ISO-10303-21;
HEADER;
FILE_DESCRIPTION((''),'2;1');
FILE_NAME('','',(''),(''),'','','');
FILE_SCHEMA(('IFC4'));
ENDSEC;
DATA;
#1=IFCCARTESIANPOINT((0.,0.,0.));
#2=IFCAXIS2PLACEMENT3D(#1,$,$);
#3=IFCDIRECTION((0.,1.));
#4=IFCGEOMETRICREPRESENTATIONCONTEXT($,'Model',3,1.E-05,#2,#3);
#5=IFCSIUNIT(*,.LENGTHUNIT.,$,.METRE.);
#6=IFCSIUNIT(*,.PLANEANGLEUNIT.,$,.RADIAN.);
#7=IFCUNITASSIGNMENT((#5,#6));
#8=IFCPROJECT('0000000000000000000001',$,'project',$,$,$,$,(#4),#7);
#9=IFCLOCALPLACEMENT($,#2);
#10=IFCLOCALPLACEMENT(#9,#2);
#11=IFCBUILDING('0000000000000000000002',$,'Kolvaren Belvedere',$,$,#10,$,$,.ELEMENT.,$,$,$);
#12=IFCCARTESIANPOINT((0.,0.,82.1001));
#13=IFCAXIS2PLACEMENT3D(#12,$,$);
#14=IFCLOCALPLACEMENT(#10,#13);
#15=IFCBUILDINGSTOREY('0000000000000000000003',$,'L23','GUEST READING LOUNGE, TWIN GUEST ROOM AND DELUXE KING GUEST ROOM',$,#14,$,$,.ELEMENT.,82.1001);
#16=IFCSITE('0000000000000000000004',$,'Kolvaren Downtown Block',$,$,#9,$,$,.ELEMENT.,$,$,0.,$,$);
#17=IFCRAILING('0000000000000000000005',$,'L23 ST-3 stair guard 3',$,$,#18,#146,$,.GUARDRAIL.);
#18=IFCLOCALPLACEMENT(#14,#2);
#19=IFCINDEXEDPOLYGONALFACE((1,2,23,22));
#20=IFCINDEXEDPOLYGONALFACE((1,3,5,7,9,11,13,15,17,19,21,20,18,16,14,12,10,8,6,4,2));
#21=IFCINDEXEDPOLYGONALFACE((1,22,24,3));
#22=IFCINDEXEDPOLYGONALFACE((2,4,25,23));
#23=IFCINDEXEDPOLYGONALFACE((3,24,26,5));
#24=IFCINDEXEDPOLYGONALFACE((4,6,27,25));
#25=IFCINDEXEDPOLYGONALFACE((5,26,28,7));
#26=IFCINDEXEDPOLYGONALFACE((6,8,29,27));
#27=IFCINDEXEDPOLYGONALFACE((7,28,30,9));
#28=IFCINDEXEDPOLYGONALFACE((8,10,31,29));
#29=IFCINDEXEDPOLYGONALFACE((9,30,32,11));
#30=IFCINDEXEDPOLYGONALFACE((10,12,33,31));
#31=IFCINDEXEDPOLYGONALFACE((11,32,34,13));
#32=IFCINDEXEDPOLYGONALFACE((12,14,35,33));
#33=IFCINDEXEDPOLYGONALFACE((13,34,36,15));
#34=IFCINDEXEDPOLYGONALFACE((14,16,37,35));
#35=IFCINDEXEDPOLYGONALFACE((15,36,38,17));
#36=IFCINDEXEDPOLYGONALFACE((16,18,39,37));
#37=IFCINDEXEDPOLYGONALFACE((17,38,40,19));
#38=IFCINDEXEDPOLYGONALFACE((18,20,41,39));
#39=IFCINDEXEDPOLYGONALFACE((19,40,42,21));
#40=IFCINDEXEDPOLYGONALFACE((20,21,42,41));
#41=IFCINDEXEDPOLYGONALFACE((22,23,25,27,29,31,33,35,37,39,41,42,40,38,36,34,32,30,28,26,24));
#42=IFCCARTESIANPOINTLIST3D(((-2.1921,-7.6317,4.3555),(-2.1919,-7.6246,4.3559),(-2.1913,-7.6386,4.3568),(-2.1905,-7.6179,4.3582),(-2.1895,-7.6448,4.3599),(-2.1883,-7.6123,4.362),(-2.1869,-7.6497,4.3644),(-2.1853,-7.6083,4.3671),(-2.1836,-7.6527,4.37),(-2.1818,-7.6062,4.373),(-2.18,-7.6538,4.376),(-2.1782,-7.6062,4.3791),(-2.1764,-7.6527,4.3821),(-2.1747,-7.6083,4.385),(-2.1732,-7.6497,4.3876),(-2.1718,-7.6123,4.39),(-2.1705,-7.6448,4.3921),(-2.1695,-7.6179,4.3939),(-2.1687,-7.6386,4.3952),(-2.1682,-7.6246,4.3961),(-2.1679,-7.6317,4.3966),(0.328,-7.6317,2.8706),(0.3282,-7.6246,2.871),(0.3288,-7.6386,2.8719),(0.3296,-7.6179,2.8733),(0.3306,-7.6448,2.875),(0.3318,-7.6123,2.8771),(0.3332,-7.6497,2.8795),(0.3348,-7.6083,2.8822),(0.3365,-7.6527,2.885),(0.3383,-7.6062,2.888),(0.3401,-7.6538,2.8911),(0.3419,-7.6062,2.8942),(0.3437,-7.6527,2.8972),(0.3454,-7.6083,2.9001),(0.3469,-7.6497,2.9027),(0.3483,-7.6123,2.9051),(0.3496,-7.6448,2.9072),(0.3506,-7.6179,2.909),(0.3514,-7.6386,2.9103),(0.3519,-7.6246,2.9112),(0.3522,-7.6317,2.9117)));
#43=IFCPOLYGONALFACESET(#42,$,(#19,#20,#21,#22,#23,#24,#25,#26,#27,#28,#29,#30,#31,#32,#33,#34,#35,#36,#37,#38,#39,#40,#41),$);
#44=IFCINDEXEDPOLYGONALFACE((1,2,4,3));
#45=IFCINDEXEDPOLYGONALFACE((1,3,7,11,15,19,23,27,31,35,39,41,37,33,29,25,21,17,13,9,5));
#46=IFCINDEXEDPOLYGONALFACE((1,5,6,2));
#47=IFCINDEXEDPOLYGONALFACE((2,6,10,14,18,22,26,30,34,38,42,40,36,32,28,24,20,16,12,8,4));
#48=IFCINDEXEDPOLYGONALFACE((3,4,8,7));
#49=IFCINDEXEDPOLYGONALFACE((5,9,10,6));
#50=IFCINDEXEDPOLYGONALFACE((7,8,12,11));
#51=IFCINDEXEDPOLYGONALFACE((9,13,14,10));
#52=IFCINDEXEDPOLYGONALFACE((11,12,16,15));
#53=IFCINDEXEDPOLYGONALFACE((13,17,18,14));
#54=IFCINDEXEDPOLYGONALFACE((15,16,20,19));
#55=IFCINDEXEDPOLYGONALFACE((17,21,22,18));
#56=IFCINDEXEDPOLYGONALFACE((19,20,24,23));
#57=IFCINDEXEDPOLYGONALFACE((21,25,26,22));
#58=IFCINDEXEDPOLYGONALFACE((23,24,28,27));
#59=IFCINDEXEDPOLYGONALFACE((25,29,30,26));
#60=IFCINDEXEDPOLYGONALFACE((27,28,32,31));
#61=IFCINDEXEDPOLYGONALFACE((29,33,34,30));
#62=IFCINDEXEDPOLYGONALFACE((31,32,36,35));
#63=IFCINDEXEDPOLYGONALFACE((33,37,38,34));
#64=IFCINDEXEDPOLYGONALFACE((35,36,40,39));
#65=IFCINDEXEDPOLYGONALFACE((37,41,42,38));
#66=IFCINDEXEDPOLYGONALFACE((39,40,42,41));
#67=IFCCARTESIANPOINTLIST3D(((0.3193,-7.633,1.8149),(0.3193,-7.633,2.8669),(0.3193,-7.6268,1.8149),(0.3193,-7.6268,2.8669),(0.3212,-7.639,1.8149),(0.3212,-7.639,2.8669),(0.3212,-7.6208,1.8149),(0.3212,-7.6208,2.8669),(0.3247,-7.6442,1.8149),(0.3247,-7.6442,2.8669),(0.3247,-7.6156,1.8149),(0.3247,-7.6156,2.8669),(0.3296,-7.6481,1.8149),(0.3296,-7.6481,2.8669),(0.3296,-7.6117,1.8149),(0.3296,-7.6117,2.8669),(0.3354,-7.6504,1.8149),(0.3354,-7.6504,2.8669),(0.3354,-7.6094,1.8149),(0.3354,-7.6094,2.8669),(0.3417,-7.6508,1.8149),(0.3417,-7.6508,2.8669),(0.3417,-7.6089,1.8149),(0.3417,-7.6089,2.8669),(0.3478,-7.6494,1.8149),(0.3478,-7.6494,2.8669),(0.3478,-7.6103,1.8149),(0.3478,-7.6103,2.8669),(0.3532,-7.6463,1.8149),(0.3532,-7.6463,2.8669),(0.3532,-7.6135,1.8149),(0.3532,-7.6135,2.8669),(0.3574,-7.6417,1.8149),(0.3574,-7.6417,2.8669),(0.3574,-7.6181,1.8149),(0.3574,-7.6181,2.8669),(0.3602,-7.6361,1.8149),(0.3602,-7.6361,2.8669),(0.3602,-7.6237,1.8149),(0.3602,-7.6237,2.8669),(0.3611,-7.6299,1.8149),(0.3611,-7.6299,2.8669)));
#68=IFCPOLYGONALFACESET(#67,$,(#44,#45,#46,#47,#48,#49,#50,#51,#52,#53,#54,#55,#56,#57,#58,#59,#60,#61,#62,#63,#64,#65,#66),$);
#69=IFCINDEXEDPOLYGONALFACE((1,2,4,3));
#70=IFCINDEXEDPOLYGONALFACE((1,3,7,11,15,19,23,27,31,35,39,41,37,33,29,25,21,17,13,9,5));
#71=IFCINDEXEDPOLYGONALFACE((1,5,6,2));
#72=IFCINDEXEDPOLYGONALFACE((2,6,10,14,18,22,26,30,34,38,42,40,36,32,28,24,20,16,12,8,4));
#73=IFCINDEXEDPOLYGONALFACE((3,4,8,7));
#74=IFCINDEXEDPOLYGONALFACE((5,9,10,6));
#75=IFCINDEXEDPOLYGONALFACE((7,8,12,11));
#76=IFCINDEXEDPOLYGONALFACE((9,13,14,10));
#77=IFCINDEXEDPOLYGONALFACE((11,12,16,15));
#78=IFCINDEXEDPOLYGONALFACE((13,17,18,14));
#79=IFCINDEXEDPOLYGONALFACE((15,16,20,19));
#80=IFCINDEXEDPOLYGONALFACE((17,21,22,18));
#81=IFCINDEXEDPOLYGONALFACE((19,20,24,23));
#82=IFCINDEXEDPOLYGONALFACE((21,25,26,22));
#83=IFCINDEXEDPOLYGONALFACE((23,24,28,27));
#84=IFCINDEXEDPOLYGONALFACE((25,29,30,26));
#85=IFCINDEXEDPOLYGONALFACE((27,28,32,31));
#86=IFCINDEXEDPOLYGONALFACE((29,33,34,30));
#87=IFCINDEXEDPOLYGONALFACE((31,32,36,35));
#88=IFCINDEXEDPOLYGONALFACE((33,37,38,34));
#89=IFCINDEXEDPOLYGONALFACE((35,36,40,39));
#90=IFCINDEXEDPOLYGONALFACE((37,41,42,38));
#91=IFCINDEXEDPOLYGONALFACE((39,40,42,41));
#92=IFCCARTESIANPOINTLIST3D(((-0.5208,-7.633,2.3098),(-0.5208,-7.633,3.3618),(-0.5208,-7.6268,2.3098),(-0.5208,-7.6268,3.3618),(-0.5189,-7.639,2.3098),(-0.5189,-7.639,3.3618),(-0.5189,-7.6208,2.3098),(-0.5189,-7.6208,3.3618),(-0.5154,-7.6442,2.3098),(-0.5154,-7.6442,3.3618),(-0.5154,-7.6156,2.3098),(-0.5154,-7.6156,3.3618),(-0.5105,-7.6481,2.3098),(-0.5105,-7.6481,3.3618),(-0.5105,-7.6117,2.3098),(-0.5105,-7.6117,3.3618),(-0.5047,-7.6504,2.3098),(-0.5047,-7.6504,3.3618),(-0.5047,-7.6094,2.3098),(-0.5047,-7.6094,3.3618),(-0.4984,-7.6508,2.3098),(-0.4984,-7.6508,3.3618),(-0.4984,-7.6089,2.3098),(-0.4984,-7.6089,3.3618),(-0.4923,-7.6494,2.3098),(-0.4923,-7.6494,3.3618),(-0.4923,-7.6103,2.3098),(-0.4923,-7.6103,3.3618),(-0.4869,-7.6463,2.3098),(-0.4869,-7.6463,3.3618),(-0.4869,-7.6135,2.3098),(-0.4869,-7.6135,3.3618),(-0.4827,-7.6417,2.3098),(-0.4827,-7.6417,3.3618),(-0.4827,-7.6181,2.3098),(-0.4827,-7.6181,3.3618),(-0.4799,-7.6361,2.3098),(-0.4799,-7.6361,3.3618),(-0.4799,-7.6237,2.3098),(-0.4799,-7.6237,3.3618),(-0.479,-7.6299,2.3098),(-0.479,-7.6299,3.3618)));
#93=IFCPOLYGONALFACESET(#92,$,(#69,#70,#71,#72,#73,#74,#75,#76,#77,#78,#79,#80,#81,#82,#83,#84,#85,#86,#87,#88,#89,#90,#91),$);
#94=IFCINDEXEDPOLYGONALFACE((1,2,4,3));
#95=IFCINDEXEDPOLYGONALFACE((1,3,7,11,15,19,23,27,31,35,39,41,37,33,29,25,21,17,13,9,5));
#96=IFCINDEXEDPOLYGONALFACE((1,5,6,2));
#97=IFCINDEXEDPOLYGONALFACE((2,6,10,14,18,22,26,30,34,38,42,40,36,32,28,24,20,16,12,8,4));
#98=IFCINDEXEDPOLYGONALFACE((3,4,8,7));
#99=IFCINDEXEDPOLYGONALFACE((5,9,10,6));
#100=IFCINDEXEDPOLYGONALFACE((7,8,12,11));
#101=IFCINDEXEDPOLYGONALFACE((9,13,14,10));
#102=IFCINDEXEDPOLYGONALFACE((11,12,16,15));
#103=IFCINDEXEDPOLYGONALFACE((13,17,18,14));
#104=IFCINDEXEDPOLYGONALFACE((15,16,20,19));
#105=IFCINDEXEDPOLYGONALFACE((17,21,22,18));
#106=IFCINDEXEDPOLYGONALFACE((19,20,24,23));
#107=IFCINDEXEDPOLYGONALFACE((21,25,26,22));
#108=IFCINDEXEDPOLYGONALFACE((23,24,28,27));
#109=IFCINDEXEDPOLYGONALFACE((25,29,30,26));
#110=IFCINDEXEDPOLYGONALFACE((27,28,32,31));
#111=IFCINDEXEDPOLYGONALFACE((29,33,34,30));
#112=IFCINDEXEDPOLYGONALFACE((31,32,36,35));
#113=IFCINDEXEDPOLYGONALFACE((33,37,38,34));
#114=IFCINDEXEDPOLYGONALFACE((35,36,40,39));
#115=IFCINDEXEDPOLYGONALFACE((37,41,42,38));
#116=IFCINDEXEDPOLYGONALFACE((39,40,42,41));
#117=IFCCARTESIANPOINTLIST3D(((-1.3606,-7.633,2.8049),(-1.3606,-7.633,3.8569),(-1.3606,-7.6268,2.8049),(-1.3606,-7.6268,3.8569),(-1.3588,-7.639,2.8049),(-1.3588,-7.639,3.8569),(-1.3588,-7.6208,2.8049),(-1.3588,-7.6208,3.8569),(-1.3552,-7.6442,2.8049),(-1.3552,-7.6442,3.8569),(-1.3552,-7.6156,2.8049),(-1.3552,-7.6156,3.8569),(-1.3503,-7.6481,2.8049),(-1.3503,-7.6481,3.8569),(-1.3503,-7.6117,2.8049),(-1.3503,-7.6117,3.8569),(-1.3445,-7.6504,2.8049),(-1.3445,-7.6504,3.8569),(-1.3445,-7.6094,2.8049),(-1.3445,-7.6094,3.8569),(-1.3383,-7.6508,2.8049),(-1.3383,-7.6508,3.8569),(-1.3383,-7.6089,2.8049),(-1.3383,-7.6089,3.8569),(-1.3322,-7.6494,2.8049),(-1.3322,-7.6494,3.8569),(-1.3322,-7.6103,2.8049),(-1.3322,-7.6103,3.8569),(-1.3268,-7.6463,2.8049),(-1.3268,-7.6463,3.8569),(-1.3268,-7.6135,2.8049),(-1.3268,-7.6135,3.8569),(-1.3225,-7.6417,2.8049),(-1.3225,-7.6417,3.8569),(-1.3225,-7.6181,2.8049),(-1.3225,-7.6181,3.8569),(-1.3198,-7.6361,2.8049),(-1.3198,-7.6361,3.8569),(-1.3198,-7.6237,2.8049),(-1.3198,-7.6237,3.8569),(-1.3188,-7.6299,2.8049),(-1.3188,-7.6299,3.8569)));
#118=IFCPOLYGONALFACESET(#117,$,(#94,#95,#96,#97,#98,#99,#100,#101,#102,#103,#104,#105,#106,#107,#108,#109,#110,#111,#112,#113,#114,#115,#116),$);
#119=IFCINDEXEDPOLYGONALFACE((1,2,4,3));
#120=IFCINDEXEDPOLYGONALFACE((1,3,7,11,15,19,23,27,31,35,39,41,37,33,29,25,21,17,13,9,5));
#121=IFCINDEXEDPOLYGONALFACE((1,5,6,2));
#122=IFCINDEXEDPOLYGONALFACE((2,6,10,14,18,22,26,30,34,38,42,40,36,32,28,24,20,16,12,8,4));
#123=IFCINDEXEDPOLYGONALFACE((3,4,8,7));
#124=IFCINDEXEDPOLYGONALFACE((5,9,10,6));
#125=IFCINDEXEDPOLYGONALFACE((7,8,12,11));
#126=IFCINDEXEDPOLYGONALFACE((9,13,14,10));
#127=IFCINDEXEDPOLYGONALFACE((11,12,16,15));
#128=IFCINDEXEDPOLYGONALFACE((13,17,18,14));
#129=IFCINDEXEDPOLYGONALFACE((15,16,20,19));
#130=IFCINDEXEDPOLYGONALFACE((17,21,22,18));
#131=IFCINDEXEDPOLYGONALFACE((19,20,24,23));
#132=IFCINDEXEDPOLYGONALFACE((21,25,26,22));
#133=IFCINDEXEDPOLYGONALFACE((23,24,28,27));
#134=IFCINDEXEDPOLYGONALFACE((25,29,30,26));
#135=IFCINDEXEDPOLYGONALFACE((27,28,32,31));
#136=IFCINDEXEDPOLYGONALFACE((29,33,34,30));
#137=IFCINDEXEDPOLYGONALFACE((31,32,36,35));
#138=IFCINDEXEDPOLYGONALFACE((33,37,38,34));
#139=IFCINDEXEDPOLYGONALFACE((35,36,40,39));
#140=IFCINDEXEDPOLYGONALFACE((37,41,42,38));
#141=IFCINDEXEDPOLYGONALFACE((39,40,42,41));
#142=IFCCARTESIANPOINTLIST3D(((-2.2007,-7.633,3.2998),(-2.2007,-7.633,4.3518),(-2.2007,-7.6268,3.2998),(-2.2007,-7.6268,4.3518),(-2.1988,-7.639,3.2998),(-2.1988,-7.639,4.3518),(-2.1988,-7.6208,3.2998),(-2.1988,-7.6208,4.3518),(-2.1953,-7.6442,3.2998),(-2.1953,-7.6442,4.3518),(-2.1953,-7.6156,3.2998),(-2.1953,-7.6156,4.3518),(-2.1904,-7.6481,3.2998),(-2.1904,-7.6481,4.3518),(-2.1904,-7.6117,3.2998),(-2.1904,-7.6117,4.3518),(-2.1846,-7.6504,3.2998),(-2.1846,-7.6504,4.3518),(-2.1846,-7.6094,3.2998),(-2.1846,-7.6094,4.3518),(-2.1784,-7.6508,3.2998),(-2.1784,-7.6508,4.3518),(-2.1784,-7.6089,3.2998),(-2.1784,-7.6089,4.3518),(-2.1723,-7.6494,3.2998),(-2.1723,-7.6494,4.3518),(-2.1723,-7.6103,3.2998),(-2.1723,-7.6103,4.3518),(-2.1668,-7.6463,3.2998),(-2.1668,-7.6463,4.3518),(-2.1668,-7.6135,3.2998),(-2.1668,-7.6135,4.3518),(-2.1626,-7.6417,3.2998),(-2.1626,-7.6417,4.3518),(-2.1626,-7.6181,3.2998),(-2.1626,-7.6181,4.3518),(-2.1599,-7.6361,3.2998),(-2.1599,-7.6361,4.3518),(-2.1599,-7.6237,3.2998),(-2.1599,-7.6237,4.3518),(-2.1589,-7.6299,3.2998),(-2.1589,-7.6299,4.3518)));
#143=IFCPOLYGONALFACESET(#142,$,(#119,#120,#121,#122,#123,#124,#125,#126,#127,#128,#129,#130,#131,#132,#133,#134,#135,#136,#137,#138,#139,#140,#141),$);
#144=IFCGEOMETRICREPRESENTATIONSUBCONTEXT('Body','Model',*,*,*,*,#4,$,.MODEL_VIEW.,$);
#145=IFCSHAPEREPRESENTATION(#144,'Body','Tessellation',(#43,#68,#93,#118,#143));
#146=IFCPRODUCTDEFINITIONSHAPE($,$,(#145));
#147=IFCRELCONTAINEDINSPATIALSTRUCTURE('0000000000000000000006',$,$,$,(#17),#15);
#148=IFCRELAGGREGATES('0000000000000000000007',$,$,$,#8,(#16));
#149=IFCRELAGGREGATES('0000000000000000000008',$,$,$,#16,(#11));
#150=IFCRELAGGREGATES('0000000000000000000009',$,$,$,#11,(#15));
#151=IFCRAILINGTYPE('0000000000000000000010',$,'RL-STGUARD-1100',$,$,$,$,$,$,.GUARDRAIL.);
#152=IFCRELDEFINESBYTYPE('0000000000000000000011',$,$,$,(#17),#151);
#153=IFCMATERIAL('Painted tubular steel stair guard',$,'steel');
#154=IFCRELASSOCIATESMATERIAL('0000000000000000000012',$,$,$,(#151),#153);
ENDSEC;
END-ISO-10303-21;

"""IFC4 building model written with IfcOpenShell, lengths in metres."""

from ifc_helpers import new_model, si_unit, direction, frame, origin, origin_2d, place, context, subcontext, project, spatial, circle, extrude, material, type_object, element, save


model = new_model("IFC4")

# Units and contexts
model_context = context("Model", 3, precision=1e-05, world=origin(), true_north=direction((0.0, 1.0)))
body_context = subcontext(model_context, "Body", "Model", "MODEL_VIEW")
ifc_project = project(units=[si_unit("LENGTHUNIT", "METRE"), si_unit("PLANEANGLEUNIT", "RADIAN")], contexts=[model_context])

# Site, building, storey
site_placement = place(None, origin())
site = spatial("IfcSite", under=ifc_project, at=site_placement, Name="Kolvaren Downtown Block", CompositionType="ELEMENT", RefElevation=0.0)
building_placement = place(site_placement, origin())
building = spatial("IfcBuilding", under=site, at=building_placement, Name="Kolvaren Belvedere", CompositionType="ELEMENT")
storey_placement = place(building_placement, frame((0.0, 0.0, 82.1001)))
storey = spatial("IfcBuildingStorey", under=building, at=storey_placement, Name="L23", Description="GUEST READING LOUNGE, TWIN GUEST ROOM AND DELUXE KING GUEST ROOM", CompositionType="ELEMENT", Elevation=82.1001)

# Railing
ifc_material_1 = material(Name="Painted tubular steel stair guard", Category="steel")
railing_type_1 = type_object("IfcRailingType", Name="RL-STGUARD-1100", PredefinedType="GUARDRAIL", material=ifc_material_1)
railing_1_placement = place(storey_placement, frame((0.3401, -7.6299, 1.8149)))
element("IfcRailing", 1, at=railing_1_placement, inside=storey, type_object=railing_type_1, Name="L23 ST-3 stair guard 3", PredefinedType="GUARDRAIL", context=body_context, shape_type="SweptSolid", body=[
    extrude(circle(Radius=0.0239, at=origin_2d()), frame((0.0, 0.0, 1.0762), z_axis=(-0.861561, 0.0, 0.507655), x_axis=(0.0, -1.0, 0.0)), (0.0, 0.0, 1.0), 2.925),
    extrude(circle(Radius=0.021, at=origin_2d()), origin(), (0.0, 0.0, 1.0), 1.052),
    extrude(circle(Radius=0.021, at=origin_2d()), frame((-0.8401, 0.0, 0.4949)), (0.0, 0.0, 1.0), 1.052),
    extrude(circle(Radius=0.021, at=origin_2d()), frame((-1.6799, 0.0, 0.99)), (0.0, 0.0, 1.0), 1.052),
    extrude(circle(Radius=0.021, at=origin_2d()), frame((-2.52, 0.0, 1.4849)), (0.0, 0.0, 1.0), 1.052),
])

save(model, "model.ifc")
